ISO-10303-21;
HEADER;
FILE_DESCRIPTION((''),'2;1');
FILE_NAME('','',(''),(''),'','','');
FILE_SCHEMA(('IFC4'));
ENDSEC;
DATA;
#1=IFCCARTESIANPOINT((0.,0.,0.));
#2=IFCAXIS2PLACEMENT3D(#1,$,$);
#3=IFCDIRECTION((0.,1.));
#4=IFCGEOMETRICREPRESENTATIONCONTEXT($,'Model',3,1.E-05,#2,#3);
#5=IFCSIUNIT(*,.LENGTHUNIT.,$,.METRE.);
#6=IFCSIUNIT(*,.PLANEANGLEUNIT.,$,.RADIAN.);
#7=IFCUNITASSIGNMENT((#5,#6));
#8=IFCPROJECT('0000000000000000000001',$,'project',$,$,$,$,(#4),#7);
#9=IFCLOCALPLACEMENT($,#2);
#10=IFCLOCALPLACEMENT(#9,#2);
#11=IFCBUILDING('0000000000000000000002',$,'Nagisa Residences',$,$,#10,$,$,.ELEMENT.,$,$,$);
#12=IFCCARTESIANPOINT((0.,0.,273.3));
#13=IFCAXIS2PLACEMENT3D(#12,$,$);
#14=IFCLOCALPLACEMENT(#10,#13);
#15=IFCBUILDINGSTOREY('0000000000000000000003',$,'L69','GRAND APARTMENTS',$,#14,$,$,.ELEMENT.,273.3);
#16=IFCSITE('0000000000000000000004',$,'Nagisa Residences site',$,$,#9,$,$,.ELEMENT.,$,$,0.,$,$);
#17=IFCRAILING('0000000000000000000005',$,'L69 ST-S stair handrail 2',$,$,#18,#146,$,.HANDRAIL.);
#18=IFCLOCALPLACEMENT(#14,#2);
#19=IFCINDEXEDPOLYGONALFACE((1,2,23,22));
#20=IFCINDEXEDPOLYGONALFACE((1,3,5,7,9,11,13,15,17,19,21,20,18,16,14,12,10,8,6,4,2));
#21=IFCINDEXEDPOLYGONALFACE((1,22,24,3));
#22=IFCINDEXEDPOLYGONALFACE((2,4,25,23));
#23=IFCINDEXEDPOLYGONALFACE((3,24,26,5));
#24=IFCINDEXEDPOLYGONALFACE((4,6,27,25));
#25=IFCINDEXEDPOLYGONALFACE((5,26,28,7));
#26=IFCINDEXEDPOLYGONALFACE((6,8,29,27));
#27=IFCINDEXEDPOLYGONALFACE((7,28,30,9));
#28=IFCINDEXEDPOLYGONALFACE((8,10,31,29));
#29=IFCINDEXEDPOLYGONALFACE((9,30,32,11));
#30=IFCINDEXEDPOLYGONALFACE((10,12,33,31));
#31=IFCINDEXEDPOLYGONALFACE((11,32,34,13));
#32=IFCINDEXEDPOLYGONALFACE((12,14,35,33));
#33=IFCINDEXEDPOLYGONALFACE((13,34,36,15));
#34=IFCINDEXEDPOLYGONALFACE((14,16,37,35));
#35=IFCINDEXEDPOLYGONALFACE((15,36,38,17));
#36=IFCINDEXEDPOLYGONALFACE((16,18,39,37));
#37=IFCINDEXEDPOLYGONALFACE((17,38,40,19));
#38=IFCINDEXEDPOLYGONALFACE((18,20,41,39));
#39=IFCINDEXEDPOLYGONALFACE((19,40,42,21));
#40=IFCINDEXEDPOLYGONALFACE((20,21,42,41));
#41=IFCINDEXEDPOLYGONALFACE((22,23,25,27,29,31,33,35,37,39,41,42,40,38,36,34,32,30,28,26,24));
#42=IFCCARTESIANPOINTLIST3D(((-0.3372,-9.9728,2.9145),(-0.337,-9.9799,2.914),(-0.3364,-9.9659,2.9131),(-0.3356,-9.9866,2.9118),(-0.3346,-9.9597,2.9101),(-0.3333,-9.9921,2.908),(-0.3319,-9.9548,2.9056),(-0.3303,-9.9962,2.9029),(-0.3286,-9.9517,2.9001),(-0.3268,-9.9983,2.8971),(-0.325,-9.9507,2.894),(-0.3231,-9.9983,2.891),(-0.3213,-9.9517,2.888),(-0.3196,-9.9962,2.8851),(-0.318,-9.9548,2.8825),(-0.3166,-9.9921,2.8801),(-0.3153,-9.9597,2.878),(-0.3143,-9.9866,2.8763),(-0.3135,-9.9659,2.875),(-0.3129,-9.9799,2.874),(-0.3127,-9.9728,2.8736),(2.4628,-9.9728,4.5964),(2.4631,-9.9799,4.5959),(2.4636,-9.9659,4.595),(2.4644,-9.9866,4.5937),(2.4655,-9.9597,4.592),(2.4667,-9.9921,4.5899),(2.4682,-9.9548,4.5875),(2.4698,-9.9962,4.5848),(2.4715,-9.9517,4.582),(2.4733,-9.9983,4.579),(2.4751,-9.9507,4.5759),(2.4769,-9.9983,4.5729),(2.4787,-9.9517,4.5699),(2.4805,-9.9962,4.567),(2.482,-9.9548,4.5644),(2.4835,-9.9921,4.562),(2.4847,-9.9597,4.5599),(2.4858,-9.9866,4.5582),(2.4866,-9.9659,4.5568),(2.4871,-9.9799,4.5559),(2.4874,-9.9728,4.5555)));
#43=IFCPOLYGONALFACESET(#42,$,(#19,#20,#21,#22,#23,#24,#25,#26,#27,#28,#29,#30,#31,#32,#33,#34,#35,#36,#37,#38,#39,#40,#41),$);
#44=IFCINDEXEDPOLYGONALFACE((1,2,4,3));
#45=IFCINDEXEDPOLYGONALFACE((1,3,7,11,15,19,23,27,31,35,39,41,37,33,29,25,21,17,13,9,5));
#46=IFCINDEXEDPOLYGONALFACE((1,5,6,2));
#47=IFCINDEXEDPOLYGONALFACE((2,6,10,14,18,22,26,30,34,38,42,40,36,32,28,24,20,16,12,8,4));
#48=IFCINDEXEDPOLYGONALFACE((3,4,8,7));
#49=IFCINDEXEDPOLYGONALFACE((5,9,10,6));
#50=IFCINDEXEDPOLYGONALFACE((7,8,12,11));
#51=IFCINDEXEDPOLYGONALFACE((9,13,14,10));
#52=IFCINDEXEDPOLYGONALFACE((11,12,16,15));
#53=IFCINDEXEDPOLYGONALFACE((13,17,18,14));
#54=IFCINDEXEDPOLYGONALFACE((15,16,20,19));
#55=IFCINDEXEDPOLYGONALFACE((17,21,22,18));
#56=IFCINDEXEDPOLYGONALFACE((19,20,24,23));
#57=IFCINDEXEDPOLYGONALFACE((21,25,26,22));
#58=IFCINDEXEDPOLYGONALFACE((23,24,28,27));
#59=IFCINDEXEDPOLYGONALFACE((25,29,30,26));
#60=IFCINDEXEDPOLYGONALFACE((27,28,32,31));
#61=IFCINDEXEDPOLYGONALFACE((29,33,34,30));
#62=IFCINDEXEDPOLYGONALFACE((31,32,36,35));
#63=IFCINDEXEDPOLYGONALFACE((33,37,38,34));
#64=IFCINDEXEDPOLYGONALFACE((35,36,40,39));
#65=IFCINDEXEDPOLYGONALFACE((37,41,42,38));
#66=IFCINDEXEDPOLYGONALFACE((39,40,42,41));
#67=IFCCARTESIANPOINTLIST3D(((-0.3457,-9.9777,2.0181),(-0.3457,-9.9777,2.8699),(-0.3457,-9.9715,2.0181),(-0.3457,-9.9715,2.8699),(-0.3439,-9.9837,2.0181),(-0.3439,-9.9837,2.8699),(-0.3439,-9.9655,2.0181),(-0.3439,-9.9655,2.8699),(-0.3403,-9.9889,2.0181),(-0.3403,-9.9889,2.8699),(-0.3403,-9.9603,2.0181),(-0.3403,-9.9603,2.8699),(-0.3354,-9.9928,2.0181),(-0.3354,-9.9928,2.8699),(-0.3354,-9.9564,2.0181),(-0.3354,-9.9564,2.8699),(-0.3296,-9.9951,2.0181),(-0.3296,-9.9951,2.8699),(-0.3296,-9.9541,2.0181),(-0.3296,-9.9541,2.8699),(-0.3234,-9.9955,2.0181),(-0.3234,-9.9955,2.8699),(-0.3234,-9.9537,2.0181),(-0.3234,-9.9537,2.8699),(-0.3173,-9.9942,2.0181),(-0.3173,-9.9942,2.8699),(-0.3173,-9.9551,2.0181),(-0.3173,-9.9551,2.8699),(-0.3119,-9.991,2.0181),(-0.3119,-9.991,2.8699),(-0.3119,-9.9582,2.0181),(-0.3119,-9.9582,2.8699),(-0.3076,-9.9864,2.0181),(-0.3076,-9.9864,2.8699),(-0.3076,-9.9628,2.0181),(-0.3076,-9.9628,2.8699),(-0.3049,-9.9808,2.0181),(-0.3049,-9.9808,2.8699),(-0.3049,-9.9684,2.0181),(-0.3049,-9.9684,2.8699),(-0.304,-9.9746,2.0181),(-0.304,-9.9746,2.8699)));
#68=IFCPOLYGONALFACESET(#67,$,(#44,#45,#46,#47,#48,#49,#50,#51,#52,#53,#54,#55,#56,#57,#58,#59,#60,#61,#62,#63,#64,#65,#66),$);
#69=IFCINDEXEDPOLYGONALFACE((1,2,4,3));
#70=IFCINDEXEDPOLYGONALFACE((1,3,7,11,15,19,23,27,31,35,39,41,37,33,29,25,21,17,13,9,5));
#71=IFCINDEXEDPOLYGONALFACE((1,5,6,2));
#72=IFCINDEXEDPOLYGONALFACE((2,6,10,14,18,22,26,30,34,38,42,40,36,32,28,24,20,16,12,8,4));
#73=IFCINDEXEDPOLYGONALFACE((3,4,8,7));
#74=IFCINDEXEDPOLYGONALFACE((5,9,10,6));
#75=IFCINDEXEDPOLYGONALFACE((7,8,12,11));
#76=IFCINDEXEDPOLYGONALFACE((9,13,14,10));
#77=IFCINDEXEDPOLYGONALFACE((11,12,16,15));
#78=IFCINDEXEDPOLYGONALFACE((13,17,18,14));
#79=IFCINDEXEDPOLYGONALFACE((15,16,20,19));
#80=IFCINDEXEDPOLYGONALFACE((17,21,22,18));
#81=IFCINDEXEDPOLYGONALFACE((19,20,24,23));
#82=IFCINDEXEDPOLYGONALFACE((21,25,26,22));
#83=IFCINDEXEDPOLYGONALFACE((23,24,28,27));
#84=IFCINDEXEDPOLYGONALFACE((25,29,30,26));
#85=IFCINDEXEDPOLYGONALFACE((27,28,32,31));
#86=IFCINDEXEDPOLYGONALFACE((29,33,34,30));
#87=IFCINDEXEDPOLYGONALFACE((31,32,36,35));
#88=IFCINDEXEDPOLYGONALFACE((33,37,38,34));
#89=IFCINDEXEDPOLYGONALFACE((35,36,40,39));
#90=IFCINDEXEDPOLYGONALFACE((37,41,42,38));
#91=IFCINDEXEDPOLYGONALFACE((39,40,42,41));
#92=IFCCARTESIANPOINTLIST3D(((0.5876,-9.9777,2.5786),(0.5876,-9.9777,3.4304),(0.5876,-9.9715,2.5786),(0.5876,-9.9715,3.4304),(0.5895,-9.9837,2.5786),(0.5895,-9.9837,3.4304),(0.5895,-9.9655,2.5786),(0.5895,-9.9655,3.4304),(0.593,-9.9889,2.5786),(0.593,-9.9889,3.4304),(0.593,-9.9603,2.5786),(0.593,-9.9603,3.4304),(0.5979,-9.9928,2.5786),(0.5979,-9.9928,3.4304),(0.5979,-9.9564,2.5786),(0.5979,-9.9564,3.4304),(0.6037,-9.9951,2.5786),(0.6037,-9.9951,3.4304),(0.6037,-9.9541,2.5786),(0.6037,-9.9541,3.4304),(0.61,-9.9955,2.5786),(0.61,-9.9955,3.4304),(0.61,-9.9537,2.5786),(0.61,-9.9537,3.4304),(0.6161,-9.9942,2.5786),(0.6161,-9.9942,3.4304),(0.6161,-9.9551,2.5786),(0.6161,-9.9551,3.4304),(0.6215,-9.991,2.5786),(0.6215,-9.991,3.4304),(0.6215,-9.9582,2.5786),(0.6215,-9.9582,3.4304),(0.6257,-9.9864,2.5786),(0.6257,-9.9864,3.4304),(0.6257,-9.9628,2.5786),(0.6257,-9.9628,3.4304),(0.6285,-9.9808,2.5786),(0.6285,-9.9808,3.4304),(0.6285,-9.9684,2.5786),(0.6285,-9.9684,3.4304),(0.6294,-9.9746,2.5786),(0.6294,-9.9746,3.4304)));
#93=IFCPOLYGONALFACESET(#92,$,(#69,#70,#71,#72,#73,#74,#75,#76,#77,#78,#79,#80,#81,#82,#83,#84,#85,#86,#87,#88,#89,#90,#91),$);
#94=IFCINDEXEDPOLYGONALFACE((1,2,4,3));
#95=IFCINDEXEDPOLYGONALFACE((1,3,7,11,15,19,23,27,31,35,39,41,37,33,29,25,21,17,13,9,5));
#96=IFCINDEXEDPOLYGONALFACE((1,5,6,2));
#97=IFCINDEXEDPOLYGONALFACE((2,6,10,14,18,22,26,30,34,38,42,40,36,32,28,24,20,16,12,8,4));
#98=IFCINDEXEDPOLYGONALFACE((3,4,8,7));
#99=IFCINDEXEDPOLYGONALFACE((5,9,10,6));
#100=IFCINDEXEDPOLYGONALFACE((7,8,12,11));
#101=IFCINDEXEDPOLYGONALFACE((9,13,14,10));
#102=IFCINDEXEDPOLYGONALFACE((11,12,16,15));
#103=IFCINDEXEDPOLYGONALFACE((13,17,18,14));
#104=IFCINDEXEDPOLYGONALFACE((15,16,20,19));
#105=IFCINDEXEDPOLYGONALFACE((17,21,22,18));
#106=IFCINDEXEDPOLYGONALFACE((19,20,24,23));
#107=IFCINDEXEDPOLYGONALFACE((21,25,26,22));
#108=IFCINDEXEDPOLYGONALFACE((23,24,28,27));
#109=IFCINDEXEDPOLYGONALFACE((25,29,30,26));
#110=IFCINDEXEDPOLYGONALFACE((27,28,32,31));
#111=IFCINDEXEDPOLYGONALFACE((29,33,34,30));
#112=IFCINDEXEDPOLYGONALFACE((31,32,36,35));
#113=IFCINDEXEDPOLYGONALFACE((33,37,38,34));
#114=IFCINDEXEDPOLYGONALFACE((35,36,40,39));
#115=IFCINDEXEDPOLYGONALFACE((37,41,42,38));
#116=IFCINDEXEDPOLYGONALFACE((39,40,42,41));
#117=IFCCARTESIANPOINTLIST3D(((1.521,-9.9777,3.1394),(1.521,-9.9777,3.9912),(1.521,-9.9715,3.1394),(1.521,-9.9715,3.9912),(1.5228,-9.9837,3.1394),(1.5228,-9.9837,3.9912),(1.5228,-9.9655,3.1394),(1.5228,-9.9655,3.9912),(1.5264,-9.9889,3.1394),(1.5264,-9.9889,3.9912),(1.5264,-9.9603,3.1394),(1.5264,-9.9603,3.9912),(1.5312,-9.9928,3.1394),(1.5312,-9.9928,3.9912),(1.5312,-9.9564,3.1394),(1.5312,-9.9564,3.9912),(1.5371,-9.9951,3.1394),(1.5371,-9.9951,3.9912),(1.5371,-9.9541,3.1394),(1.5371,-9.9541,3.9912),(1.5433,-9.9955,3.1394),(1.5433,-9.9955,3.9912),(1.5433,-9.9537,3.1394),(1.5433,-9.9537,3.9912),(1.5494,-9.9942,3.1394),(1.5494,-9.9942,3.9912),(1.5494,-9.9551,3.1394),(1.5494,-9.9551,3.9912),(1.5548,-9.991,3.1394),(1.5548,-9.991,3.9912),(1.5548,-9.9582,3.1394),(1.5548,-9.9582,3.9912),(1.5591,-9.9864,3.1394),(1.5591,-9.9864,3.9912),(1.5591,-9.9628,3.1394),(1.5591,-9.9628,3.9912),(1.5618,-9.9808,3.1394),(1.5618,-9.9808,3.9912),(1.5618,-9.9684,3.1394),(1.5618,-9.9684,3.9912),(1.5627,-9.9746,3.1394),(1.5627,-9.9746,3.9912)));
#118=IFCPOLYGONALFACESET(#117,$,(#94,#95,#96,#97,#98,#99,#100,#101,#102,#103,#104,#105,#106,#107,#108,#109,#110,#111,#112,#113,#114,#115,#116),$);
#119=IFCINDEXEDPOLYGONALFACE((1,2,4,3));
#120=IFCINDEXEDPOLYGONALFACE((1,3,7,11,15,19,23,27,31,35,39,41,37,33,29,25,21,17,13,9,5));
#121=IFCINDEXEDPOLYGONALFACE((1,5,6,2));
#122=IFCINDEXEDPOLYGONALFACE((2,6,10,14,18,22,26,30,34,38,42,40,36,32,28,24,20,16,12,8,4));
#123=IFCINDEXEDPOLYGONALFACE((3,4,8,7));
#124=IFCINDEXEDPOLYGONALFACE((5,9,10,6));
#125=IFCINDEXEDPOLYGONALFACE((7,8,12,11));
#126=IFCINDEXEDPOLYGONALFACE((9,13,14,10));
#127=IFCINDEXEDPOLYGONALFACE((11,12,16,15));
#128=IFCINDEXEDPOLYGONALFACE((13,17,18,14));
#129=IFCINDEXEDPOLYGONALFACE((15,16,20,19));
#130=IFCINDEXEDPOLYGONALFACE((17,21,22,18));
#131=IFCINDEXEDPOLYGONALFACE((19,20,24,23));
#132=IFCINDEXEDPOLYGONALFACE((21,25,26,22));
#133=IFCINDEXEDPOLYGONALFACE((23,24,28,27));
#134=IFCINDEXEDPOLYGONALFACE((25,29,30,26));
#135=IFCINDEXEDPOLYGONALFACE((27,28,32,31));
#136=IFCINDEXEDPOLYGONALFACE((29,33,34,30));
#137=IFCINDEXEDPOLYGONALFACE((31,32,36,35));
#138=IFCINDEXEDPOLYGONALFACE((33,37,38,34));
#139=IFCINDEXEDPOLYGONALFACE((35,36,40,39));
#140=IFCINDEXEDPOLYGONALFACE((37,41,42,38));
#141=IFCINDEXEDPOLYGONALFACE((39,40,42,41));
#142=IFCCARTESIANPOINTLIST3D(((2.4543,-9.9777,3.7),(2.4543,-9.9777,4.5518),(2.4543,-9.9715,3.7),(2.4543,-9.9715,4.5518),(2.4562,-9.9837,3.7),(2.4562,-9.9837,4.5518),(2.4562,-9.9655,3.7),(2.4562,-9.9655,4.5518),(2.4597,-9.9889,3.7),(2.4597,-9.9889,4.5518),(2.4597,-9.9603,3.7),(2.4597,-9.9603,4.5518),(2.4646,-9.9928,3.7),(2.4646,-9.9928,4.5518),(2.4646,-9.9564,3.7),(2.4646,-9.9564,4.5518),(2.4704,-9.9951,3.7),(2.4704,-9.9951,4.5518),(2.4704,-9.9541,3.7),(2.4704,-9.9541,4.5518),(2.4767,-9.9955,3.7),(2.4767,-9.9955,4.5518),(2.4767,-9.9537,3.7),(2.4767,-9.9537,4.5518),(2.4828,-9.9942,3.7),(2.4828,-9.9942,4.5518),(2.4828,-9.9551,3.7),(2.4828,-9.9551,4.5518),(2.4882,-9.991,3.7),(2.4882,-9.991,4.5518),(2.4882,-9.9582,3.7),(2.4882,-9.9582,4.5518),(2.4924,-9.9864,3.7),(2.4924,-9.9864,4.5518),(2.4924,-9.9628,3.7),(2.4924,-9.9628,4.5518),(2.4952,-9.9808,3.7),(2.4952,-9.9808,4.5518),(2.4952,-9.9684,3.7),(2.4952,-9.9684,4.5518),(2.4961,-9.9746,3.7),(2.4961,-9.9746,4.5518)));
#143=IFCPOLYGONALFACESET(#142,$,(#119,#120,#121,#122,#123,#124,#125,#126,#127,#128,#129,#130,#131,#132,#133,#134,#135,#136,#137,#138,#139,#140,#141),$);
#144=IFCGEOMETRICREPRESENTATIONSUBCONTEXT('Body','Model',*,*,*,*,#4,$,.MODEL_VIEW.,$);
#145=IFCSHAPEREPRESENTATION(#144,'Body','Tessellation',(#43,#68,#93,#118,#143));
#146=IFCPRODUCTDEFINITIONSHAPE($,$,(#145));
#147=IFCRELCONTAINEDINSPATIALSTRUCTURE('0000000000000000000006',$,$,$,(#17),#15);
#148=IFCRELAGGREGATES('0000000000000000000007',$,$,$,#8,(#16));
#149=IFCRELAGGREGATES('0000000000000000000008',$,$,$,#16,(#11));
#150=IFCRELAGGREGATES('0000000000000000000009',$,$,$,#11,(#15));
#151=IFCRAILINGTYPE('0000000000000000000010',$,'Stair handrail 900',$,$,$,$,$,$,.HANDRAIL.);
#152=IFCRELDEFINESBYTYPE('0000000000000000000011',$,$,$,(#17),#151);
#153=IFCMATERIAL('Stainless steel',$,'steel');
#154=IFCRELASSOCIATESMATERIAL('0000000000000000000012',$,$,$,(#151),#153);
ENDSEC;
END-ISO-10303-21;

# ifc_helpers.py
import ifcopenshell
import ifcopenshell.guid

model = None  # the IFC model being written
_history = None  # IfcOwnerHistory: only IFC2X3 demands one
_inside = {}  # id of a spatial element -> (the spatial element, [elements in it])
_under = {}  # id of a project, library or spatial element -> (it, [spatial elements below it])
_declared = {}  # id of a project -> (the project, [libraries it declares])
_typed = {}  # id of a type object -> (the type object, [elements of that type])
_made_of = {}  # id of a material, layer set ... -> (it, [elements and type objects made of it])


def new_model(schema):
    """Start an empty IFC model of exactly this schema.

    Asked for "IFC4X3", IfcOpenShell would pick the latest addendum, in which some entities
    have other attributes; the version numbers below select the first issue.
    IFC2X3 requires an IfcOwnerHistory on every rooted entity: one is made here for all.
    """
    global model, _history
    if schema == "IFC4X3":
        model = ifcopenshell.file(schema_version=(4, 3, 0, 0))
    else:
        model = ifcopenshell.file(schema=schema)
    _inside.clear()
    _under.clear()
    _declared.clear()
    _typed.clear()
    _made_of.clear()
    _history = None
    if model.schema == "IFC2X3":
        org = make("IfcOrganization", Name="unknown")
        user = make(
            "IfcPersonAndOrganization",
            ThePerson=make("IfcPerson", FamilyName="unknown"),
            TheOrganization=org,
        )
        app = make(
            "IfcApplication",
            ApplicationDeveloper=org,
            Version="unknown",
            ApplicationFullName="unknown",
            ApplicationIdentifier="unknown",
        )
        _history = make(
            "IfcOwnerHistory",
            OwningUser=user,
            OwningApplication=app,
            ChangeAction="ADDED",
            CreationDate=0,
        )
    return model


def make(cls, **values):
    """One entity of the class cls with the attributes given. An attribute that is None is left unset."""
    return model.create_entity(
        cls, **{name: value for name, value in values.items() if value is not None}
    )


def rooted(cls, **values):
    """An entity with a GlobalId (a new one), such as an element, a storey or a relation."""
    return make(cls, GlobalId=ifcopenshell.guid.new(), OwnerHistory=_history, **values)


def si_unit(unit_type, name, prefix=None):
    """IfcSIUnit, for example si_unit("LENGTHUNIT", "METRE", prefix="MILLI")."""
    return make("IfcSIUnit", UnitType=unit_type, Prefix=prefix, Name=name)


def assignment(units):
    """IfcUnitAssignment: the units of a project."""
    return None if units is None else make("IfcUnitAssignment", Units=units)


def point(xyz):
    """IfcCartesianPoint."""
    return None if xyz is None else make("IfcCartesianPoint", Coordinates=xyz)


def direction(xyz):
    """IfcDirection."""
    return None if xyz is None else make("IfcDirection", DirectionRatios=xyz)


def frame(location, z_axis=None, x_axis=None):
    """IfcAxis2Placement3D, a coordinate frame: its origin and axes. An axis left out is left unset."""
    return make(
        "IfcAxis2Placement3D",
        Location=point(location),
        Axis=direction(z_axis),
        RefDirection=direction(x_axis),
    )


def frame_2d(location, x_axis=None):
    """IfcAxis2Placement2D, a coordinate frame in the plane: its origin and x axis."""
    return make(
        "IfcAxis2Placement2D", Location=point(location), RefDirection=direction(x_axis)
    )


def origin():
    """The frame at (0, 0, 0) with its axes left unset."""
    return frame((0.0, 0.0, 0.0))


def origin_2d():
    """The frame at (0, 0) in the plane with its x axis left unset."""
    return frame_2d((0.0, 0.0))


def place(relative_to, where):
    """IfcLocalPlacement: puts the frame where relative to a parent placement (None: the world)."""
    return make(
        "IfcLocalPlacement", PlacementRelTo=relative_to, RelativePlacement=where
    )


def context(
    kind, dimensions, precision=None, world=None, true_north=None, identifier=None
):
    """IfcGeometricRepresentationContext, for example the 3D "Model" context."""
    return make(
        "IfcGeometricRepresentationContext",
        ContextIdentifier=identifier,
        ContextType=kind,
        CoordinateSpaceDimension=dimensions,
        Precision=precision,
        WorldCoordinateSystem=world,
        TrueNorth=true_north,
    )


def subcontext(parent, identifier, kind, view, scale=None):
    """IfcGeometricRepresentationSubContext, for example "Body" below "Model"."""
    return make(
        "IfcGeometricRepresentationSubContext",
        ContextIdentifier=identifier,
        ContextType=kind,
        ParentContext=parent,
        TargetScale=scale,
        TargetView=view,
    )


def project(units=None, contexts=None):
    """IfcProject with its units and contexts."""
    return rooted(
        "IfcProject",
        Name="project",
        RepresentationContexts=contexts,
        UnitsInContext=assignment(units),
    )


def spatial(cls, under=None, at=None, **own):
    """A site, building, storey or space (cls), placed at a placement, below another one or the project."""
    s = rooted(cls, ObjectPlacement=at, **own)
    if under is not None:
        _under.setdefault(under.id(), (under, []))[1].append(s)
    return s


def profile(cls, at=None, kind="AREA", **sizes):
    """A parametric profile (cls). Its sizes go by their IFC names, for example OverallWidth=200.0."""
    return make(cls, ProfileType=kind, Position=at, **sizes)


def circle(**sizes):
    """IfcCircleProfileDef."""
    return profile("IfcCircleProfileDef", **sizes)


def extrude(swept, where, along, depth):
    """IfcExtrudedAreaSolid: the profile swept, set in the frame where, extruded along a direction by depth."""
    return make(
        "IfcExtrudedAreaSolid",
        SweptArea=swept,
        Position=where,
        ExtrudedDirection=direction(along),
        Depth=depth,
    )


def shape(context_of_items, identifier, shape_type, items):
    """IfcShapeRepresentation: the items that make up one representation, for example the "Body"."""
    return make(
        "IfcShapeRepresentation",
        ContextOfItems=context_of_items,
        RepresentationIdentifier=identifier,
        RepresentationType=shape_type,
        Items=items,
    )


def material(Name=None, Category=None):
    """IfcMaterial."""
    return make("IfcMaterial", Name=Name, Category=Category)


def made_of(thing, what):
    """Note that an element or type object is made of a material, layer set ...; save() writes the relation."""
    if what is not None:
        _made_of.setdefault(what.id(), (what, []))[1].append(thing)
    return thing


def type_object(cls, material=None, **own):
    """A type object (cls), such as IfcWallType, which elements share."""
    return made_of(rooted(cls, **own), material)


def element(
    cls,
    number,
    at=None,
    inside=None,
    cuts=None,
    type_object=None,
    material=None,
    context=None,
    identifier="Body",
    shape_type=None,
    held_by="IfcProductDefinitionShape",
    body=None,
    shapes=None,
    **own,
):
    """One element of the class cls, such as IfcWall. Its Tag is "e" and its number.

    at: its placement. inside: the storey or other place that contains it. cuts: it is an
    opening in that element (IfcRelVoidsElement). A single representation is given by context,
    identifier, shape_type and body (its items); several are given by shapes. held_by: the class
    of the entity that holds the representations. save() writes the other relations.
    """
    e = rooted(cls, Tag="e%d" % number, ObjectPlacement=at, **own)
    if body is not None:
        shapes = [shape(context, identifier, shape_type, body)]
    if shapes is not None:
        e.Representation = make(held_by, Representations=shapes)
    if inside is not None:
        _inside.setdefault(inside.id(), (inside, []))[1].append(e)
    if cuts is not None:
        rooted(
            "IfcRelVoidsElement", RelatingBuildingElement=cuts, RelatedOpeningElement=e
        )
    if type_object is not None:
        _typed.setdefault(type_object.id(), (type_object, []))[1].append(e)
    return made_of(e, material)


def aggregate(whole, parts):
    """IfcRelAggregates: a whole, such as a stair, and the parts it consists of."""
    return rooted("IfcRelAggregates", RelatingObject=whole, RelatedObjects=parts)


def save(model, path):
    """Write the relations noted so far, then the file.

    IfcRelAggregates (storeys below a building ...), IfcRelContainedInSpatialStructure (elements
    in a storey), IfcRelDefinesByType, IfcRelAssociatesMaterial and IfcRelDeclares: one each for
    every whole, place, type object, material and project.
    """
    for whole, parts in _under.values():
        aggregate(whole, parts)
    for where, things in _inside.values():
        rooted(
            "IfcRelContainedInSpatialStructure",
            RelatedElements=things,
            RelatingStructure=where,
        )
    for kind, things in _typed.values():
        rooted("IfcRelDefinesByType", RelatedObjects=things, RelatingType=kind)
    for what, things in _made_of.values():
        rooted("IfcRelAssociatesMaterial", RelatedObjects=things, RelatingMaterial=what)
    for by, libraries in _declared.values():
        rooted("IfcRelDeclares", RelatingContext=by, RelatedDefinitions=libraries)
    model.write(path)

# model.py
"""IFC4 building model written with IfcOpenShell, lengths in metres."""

from ifc_helpers import new_model, si_unit, direction, frame, origin, origin_2d, place, context, subcontext, project, spatial, circle, extrude, material, type_object, element, save


model = new_model("IFC4")

# Units and contexts
model_context = context("Model", 3, precision=1e-05, world=origin(), true_north=direction((0.0, 1.0)))
body_context = subcontext(model_context, "Body", "Model", "MODEL_VIEW")
ifc_project = project(units=[si_unit("LENGTHUNIT", "METRE"), si_unit("PLANEANGLEUNIT", "RADIAN")], contexts=[model_context])

# Site, building, storey
site_placement = place(None, origin())
site = spatial("IfcSite", under=ifc_project, at=site_placement, Name="Nagisa Residences site", CompositionType="ELEMENT", RefElevation=0.0)
building_placement = place(site_placement, origin())
building = spatial("IfcBuilding", under=site, at=building_placement, Name="Nagisa Residences", CompositionType="ELEMENT")
storey_placement = place(building_placement, frame((0.0, 0.0, 273.3)))
storey = spatial("IfcBuildingStorey", under=building, at=storey_placement, Name="L69", Description="GRAND APARTMENTS", CompositionType="ELEMENT", Elevation=273.3)

# Railing
ifc_material_1 = material(Name="Stainless steel", Category="steel")
railing_type = type_object("IfcRailingType", Name="Stair handrail 900", PredefinedType="HANDRAIL", material=ifc_material_1)
railing_placement = place(storey_placement, frame((-0.325, -9.9746, 2.0181)))
element("IfcRailing", 1, at=railing_placement, inside=storey, type_object=railing_type, Name="L69 ST-S stair handrail 2", PredefinedType="HANDRAIL", context=body_context, shape_type="SweptSolid", body=[
    extrude(circle(Radius=0.0239, at=origin_2d()), frame((0.0, 0.0, 0.876), z_axis=(0.857242, 0.0, 0.514913), x_axis=(0.0, 1.0, 0.0)), (0.0, 0.0, 1.0), 3.2664),
    extrude(circle(Radius=0.021, at=origin_2d()), origin(), (0.0, 0.0, 1.0), 0.8518),
    extrude(circle(Radius=0.021, at=origin_2d()), frame((0.9333, 0.0, 0.5605)), (0.0, 0.0, 1.0), 0.8518),
    extrude(circle(Radius=0.021, at=origin_2d()), frame((1.8667, 0.0, 1.1213)), (0.0, 0.0, 1.0), 0.8518),
    extrude(circle(Radius=0.021, at=origin_2d()), frame((2.8, 0.0, 1.6819)), (0.0, 0.0, 1.0), 0.8518),
])

save(model, "model.ifc")
